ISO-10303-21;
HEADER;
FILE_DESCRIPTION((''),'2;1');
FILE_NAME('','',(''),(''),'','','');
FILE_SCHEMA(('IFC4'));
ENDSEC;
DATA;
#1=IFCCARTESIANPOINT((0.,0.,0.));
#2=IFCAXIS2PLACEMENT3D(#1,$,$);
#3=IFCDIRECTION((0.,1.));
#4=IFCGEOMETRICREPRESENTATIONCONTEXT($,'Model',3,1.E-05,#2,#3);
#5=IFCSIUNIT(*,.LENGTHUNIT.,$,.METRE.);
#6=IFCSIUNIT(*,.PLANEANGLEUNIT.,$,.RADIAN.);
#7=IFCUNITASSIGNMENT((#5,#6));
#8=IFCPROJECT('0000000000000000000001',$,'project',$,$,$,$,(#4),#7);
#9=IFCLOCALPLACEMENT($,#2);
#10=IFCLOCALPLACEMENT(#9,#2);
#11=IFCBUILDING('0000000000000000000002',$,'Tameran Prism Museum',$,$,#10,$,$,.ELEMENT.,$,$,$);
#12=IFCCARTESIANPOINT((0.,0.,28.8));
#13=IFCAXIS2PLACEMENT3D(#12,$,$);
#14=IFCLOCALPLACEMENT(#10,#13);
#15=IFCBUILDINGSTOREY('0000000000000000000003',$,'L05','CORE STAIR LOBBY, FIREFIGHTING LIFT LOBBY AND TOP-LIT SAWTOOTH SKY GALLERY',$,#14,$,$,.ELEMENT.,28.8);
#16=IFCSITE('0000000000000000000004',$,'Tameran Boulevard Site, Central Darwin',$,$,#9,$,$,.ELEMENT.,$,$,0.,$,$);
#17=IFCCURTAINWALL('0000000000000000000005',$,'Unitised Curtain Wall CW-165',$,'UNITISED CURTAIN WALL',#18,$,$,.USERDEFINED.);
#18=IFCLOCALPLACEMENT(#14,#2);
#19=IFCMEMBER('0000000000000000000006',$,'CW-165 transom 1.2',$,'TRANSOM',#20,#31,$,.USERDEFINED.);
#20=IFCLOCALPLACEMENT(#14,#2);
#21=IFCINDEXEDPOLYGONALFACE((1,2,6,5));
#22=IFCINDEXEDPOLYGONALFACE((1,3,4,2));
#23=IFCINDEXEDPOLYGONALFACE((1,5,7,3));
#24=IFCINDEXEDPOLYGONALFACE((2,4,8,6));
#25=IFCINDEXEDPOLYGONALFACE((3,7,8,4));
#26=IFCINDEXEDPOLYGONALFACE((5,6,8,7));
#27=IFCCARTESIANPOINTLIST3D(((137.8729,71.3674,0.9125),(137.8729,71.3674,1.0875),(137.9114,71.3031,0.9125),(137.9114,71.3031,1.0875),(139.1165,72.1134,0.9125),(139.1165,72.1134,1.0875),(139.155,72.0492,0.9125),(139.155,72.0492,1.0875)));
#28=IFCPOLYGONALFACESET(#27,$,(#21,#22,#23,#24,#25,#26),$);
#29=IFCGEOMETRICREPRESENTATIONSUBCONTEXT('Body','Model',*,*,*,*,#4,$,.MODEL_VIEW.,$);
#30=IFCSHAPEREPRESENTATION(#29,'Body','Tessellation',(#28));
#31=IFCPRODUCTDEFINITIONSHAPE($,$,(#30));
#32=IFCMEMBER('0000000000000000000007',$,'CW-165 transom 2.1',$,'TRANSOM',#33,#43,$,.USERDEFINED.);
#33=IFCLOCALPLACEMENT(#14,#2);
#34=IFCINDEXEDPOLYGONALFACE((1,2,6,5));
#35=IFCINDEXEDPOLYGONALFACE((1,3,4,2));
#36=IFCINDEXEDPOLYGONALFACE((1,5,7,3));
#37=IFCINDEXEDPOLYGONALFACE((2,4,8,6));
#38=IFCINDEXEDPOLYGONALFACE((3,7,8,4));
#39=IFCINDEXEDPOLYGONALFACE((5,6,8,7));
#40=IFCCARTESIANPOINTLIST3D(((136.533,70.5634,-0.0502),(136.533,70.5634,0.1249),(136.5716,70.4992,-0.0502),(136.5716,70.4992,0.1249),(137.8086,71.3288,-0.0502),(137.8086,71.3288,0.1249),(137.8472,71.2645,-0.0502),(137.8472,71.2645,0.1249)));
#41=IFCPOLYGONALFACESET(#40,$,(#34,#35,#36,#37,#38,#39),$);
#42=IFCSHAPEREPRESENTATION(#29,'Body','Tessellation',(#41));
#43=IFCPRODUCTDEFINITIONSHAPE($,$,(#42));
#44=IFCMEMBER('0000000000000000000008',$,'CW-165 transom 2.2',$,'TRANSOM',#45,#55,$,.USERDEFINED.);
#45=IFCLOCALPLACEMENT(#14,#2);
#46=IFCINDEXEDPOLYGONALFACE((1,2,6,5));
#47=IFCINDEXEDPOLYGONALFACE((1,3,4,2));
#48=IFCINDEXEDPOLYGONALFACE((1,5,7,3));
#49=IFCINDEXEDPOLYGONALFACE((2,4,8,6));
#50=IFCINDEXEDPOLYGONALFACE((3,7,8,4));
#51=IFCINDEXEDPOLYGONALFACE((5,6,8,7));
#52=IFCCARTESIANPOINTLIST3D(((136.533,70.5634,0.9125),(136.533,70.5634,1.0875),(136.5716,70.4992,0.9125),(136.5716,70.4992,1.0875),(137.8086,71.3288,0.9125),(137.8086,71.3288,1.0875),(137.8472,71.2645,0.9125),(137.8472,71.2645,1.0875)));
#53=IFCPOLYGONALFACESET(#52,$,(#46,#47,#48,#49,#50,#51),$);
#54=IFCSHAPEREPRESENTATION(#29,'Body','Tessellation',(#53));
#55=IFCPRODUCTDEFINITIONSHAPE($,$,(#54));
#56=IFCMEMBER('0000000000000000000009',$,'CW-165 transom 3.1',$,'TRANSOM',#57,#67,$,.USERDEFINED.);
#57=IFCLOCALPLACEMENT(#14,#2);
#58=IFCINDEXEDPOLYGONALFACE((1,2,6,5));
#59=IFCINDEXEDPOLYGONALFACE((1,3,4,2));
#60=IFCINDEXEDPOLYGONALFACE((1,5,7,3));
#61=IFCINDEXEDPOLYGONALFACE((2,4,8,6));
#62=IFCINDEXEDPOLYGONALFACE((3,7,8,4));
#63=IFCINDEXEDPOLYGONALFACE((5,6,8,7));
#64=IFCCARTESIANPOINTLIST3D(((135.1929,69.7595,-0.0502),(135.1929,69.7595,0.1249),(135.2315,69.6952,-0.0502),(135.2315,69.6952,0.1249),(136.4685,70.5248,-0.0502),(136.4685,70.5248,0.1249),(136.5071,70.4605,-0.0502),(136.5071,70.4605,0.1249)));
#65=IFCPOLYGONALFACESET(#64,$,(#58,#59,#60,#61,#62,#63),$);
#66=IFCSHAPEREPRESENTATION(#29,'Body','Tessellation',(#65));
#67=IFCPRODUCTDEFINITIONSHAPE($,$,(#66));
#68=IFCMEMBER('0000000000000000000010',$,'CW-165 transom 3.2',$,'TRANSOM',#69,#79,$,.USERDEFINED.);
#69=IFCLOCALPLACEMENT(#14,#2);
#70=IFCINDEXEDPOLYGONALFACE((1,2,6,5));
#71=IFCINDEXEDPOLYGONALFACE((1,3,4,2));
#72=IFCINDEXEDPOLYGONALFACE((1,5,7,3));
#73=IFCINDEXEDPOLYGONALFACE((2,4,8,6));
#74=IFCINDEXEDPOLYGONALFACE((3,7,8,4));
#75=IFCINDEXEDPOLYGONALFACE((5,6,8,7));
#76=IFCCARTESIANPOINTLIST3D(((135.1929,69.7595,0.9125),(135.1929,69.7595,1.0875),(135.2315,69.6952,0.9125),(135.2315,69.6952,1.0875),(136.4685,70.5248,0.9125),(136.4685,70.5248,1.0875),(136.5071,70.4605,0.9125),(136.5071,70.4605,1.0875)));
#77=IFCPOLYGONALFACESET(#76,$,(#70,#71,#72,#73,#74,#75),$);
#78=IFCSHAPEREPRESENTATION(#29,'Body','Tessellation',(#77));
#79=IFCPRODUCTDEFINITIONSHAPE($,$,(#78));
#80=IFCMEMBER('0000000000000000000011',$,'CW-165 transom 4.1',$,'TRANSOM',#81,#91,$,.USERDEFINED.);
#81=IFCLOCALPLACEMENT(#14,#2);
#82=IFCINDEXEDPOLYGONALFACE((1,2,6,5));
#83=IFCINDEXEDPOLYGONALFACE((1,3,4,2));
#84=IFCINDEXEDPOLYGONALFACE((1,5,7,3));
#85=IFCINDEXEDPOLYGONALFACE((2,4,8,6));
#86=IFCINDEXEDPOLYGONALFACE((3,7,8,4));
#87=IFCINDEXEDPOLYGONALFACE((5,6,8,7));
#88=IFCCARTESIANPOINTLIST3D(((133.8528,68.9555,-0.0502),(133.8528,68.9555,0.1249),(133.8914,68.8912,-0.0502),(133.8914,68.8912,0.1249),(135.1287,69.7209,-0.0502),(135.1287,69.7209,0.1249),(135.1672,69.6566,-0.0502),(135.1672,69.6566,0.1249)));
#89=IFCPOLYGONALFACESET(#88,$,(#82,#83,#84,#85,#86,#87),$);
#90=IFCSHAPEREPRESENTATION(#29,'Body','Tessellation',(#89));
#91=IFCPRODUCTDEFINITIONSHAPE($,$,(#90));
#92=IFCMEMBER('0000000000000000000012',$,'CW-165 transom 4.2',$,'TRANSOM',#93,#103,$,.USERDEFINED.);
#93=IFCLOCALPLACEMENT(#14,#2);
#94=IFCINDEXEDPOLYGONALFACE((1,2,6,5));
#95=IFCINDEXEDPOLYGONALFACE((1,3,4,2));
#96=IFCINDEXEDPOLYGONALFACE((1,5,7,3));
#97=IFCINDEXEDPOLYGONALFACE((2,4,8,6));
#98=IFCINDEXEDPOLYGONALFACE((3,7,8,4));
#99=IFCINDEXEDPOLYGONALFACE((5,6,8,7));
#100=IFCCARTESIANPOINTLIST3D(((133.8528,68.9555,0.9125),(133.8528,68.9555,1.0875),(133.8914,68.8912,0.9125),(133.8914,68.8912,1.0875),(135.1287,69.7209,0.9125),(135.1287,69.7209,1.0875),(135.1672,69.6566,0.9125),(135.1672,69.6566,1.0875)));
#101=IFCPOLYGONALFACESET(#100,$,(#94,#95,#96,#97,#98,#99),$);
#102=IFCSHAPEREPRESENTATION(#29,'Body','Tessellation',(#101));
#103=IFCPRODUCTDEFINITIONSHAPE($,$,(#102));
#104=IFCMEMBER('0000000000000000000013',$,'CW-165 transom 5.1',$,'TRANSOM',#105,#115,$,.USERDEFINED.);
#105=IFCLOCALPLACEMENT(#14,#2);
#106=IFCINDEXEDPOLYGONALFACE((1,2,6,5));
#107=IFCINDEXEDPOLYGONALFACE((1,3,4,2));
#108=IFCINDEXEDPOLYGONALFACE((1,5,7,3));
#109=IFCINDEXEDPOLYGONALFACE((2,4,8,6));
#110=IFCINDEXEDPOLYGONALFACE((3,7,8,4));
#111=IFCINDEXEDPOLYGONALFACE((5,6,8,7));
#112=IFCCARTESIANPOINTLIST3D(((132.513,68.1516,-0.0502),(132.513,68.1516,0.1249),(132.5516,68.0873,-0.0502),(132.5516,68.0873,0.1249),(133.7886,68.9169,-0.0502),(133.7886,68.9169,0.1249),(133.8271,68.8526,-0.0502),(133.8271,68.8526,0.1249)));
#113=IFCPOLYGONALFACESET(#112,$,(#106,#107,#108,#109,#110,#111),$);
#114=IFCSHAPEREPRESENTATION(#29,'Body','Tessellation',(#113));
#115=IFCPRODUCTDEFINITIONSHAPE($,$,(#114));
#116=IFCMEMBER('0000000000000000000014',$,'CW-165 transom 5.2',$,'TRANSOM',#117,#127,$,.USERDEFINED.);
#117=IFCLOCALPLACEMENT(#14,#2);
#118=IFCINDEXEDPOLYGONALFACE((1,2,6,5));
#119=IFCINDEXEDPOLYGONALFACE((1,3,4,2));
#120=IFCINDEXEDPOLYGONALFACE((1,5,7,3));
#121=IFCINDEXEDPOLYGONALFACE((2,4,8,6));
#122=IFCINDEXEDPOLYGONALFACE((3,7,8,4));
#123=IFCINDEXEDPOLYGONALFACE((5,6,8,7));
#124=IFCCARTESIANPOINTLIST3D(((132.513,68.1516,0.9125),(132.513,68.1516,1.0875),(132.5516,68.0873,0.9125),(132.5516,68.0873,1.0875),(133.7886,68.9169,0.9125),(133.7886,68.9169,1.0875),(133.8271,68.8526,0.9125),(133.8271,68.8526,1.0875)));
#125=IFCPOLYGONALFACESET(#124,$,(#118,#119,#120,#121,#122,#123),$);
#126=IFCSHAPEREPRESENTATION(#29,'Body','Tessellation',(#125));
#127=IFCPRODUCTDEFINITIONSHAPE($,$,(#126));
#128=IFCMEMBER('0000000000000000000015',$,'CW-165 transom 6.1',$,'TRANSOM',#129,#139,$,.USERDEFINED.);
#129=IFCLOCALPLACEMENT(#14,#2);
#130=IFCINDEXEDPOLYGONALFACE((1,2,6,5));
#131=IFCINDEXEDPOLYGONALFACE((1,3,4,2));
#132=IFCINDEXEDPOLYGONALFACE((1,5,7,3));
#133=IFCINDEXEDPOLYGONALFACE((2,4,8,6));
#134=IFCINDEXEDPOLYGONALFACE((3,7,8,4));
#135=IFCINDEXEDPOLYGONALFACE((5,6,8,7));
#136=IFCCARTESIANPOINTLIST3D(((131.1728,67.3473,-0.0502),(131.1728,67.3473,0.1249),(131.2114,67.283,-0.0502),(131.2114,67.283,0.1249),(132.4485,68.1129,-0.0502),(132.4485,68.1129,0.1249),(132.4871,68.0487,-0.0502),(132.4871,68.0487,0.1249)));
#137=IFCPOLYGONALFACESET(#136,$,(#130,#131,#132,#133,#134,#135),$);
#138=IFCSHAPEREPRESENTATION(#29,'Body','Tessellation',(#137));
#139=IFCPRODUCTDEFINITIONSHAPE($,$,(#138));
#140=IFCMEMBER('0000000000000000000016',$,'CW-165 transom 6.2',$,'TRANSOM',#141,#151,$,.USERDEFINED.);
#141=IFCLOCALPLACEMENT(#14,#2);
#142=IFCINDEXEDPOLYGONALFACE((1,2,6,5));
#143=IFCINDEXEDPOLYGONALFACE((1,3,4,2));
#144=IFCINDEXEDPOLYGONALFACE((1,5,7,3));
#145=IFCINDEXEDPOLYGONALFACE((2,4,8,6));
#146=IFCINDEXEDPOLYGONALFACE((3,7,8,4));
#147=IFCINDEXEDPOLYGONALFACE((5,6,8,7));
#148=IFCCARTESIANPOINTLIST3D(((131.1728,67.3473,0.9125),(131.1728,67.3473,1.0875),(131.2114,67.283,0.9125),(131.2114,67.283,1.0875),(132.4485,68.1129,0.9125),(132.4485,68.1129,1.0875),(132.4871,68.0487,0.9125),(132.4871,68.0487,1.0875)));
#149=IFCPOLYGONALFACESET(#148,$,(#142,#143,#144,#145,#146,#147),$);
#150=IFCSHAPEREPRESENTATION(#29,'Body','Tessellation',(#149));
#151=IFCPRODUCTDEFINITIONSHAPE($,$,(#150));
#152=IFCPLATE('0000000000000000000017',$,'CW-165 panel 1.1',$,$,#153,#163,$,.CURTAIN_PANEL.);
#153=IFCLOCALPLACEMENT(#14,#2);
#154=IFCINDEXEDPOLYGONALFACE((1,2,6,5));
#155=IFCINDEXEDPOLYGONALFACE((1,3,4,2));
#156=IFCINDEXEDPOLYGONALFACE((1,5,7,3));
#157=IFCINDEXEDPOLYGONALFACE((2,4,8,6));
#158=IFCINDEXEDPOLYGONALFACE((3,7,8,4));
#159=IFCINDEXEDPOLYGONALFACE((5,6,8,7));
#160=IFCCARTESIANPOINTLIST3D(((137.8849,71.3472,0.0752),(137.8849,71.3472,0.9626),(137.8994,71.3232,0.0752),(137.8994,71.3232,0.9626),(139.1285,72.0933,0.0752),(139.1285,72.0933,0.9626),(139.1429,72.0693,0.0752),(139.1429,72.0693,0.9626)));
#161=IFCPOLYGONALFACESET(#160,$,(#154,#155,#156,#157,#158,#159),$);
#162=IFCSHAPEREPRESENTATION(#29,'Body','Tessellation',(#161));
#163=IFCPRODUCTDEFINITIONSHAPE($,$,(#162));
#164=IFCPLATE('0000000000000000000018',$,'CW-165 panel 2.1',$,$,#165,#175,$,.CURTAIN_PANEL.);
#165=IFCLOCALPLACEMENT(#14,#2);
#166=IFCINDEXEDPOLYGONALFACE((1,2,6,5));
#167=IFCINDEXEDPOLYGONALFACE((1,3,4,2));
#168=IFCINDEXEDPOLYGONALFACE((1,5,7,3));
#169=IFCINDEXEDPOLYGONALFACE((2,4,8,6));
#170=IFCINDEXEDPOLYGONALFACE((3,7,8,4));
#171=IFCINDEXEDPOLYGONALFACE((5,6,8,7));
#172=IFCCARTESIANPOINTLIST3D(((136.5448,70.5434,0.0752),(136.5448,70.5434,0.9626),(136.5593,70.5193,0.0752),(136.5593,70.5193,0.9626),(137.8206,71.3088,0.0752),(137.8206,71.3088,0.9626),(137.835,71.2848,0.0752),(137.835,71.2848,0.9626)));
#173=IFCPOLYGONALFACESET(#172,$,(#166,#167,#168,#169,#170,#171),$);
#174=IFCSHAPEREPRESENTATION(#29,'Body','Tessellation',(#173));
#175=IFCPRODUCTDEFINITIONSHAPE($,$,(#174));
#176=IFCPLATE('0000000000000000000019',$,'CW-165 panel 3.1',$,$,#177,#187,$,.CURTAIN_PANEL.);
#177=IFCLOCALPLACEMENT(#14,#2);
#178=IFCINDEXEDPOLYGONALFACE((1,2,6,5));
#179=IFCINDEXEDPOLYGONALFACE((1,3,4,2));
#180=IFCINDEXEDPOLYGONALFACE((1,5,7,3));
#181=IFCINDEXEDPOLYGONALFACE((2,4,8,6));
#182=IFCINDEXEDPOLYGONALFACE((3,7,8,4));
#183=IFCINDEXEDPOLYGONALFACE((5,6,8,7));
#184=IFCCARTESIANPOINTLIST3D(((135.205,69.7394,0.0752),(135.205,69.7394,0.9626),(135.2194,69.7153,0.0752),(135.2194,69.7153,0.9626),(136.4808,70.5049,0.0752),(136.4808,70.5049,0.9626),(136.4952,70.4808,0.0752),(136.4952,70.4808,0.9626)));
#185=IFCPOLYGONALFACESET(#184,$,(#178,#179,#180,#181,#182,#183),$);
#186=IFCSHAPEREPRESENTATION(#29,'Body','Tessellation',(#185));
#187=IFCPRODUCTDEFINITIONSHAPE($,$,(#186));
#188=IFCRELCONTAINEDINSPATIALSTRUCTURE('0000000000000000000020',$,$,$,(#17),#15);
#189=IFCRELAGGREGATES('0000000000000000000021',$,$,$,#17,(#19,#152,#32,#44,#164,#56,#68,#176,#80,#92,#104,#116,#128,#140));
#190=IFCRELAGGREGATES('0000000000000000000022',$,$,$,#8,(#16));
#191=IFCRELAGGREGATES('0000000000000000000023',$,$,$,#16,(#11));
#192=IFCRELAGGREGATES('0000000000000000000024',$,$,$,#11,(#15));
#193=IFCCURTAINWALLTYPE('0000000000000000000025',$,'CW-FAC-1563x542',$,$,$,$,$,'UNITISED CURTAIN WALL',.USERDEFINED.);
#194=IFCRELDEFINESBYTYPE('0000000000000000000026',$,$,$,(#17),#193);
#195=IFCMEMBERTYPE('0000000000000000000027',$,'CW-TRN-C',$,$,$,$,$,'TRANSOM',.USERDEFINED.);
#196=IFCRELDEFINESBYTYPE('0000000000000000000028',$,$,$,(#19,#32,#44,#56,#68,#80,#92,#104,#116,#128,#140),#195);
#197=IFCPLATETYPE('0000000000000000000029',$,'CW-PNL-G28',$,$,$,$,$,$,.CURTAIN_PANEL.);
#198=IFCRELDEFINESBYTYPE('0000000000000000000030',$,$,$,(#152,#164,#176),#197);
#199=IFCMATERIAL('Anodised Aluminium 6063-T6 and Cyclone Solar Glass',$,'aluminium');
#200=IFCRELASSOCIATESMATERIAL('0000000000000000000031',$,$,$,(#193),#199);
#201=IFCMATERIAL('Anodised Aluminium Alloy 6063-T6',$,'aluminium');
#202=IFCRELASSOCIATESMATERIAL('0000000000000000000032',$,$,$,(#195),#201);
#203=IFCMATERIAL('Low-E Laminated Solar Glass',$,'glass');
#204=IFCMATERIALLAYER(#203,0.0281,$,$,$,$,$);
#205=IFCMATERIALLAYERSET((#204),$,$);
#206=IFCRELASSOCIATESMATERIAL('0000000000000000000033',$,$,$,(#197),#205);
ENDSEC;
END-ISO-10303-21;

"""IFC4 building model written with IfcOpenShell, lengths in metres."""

from ifc_helpers import new_model, si_unit, direction, frame, origin, origin_2d, place, context, subcontext, project, spatial, rectangle, extrude, material, layer, layer_set, material_profile, profile_set, type_object, element, aggregate, save


model = new_model("IFC4")

# Units and contexts
model_context = context("Model", 3, precision=1e-05, world=origin(), true_north=direction((0.0, 1.0)))
body_context = subcontext(model_context, "Body", "Model", "MODEL_VIEW")
ifc_project = project(units=[si_unit("LENGTHUNIT", "METRE"), si_unit("PLANEANGLEUNIT", "RADIAN")], contexts=[model_context])

# Site, building, storey
site_placement = place(None, origin())
site = spatial("IfcSite", under=ifc_project, at=site_placement, Name="Tameran Boulevard Site, Central Darwin", CompositionType="ELEMENT", RefElevation=0.0)
building_placement = place(site_placement, origin())
building = spatial("IfcBuilding", under=site, at=building_placement, Name="Tameran Prism Museum", CompositionType="ELEMENT")
storey_placement = place(building_placement, frame((0.0, 0.0, 28.8)))
storey = spatial("IfcBuildingStorey", under=building, at=storey_placement, Name="L05", Description="CORE STAIR LOBBY, FIREFIGHTING LIFT LOBBY AND TOP-LIT SAWTOOTH SKY GALLERY", CompositionType="ELEMENT", Elevation=28.8)

# Curtain wall, members, plates
ifc_material_1 = material(Name="Anodised Aluminium 6063-T6 and Cyclone Solar Glass", Category="aluminium")
curtain_wall_type = type_object("IfcCurtainWallType", Name="CW-FAC-1563x542", ElementType="UNITISED CURTAIN WALL", PredefinedType="USERDEFINED", material=ifc_material_1)
curtain_wall_placement = place(storey_placement, origin())
curtain_wall = element("IfcCurtainWall", 1, at=curtain_wall_placement, inside=storey, type_object=curtain_wall_type, Name="Unitised Curtain Wall CW-165", ObjectType="UNITISED CURTAIN WALL", PredefinedType="USERDEFINED")
ifc_material_2 = material(Name="Anodised Aluminium Alloy 6063-T6", Category="aluminium")
ifc_material_profile_1 = material_profile(ifc_material_2, rectangle(XDim=0.075, YDim=0.175, at=origin_2d()))
ifc_profile_set_1 = profile_set([ifc_material_profile_1])
member_type_1 = type_object("IfcMemberType", Name="CW-TRN-C", ElementType="TRANSOM", PredefinedType="USERDEFINED", material=ifc_profile_set_1)
member_1_placement = place(storey_placement, frame((139.1357, 72.0813, 1.0), z_axis=(-0.857523, -0.514446, 0.0), x_axis=(0.514446, -0.857523, 0.0)))
member_1 = element("IfcMember", 2, at=member_1_placement, type_object=member_type_1, Name="CW-165 transom 1.2", ObjectType="TRANSOM", PredefinedType="USERDEFINED", context=body_context, shape_type="SweptSolid", body=[
    extrude(rectangle(XDim=0.075, YDim=0.175, at=origin_2d()), origin(), (0.0, 0.0, 1.0), 1.4502),
])
member_2_placement = place(storey_placement, frame((137.8279, 71.2966, 0.0374), z_axis=(-0.857493, -0.514496, 0.0), x_axis=(0.514496, -0.857493, 0.0)))
member_2 = element("IfcMember", 3, at=member_2_placement, type_object=member_type_1, Name="CW-165 transom 2.1", ObjectType="TRANSOM", PredefinedType="USERDEFINED", context=body_context, shape_type="SweptSolid", body=[
    extrude(rectangle(XDim=0.075, YDim=0.175, at=origin_2d()), origin(), (0.0, 0.0, 1.0), 1.4875),
])
member_3_placement = place(storey_placement, frame((137.8279, 71.2966, 1.0), z_axis=(-0.857493, -0.514496, 0.0), x_axis=(0.514496, -0.857493, 0.0)))
member_3 = element("IfcMember", 4, at=member_3_placement, type_object=member_type_1, Name="CW-165 transom 2.2", ObjectType="TRANSOM", PredefinedType="USERDEFINED", context=body_context, shape_type="SweptSolid", body=[
    extrude(rectangle(XDim=0.075, YDim=0.175, at=origin_2d()), origin(), (0.0, 0.0, 1.0), 1.4875),
])
member_4_placement = place(storey_placement, frame((136.4878, 70.4927, 0.0374), z_axis=(-0.857493, -0.514496, 0.0), x_axis=(0.514496, -0.857493, 0.0)))
member_4 = element("IfcMember", 5, at=member_4_placement, type_object=member_type_1, Name="CW-165 transom 3.1", ObjectType="TRANSOM", PredefinedType="USERDEFINED", context=body_context, shape_type="SweptSolid", body=[
    extrude(rectangle(XDim=0.075, YDim=0.175, at=origin_2d()), origin(), (0.0, 0.0, 1.0), 1.4875),
])
member_5_placement = place(storey_placement, frame((136.4878, 70.4927, 1.0), z_axis=(-0.857493, -0.514496, 0.0), x_axis=(0.514496, -0.857493, 0.0)))
member_5 = element("IfcMember", 6, at=member_5_placement, type_object=member_type_1, Name="CW-165 transom 3.2", ObjectType="TRANSOM", PredefinedType="USERDEFINED", context=body_context, shape_type="SweptSolid", body=[
    extrude(rectangle(XDim=0.075, YDim=0.175, at=origin_2d()), origin(), (0.0, 0.0, 1.0), 1.4875),
])
member_6_placement = place(storey_placement, frame((135.1479, 69.6887, 0.0374), z_axis=(-0.857536, -0.514423, 0.0), x_axis=(0.514423, -0.857536, 0.0)))
member_6 = element("IfcMember", 7, at=member_6_placement, type_object=member_type_1, Name="CW-165 transom 4.1", ObjectType="TRANSOM", PredefinedType="USERDEFINED", context=body_context, shape_type="SweptSolid", body=[
    extrude(rectangle(XDim=0.075, YDim=0.175, at=origin_2d()), origin(), (0.0, 0.0, 1.0), 1.4878),
])
member_7_placement = place(storey_placement, frame((135.1479, 69.6887, 1.0), z_axis=(-0.857536, -0.514423, 0.0), x_axis=(0.514423, -0.857536, 0.0)))
member_7 = element("IfcMember", 8, at=member_7_placement, type_object=member_type_1, Name="CW-165 transom 4.2", ObjectType="TRANSOM", PredefinedType="USERDEFINED", context=body_context, shape_type="SweptSolid", body=[
    extrude(rectangle(XDim=0.075, YDim=0.175, at=origin_2d()), origin(), (0.0, 0.0, 1.0), 1.4878),
])
member_8_placement = place(storey_placement, frame((133.8079, 68.8848, 0.0374), z_axis=(-0.857493, -0.514496, 0.0), x_axis=(0.514496, -0.857493, 0.0)))
member_8 = element("IfcMember", 9, at=member_8_placement, type_object=member_type_1, Name="CW-165 transom 5.1", ObjectType="TRANSOM", PredefinedType="USERDEFINED", context=body_context, shape_type="SweptSolid", body=[
    extrude(rectangle(XDim=0.075, YDim=0.175, at=origin_2d()), origin(), (0.0, 0.0, 1.0), 1.4875),
])
member_9_placement = place(storey_placement, frame((133.8079, 68.8848, 1.0), z_axis=(-0.857493, -0.514496, 0.0), x_axis=(0.514496, -0.857493, 0.0)))
member_9 = element("IfcMember", 10, at=member_9_placement, type_object=member_type_1, Name="CW-165 transom 5.2", ObjectType="TRANSOM", PredefinedType="USERDEFINED", context=body_context, shape_type="SweptSolid", body=[
    extrude(rectangle(XDim=0.075, YDim=0.175, at=origin_2d()), origin(), (0.0, 0.0, 1.0), 1.4875),
])
member_10_placement = place(storey_placement, frame((132.4678, 68.0808, 0.0374), z_axis=(-0.857421, -0.514616, 0.0), x_axis=(0.514616, -0.857421, 0.0)))
member_10 = element("IfcMember", 11, at=member_10_placement, type_object=member_type_1, Name="CW-165 transom 6.1", ObjectType="TRANSOM", PredefinedType="USERDEFINED", context=body_context, shape_type="SweptSolid", body=[
    extrude(rectangle(XDim=0.075, YDim=0.175, at=origin_2d()), origin(), (0.0, 0.0, 1.0), 1.4878),
])
member_11_placement = place(storey_placement, frame((132.4678, 68.0808, 1.0), z_axis=(-0.857421, -0.514616, 0.0), x_axis=(0.514616, -0.857421, 0.0)))
member_11 = element("IfcMember", 12, at=member_11_placement, type_object=member_type_1, Name="CW-165 transom 6.2", ObjectType="TRANSOM", PredefinedType="USERDEFINED", context=body_context, shape_type="SweptSolid", body=[
    extrude(rectangle(XDim=0.075, YDim=0.175, at=origin_2d()), origin(), (0.0, 0.0, 1.0), 1.4878),
])
ifc_material_3 = material(Name="Low-E Laminated Solar Glass", Category="glass")
ifc_layer_1 = layer(ifc_material_3, 0.0281)
ifc_layer_set_1 = layer_set([ifc_layer_1])
plate_type = type_object("IfcPlateType", Name="CW-PNL-G28", PredefinedType="CURTAIN_PANEL", material=ifc_layer_set_1)
plate_1_placement = place(storey_placement, frame((138.5139, 71.7083, 0.0752), z_axis=(0.0, 0.0, 1.0), x_axis=(-0.857493, -0.514496, 0.0)))
plate_1 = element("IfcPlate", 13, at=plate_1_placement, type_object=plate_type, Name="CW-165 panel 1.1", PredefinedType="CURTAIN_PANEL", context=body_context, shape_type="SweptSolid", body=[
    extrude(rectangle(XDim=1.4502, YDim=0.0281, at=origin_2d()), origin(), (0.0, 0.0, 1.0), 0.8875),
])
plate_2_placement = place(storey_placement, frame((137.1899, 70.9141, 0.0752), z_axis=(0.0, 0.0, 1.0), x_axis=(-0.857493, -0.514496, 0.0)))
plate_2 = element("IfcPlate", 14, at=plate_2_placement, type_object=plate_type, Name="CW-165 panel 2.1", PredefinedType="CURTAIN_PANEL", context=body_context, shape_type="SweptSolid", body=[
    extrude(rectangle(XDim=1.4878, YDim=0.0281, at=origin_2d()), origin(), (0.0, 0.0, 1.0), 0.8875),
])
plate_3_placement = place(storey_placement, frame((135.8501, 70.1101, 0.0752), z_axis=(0.0, 0.0, 1.0), x_axis=(-0.857493, -0.514496, 0.0)))
plate_3 = element("IfcPlate", 15, at=plate_3_placement, type_object=plate_type, Name="CW-165 panel 3.1", PredefinedType="CURTAIN_PANEL", context=body_context, shape_type="SweptSolid", body=[
    extrude(rectangle(XDim=1.4878, YDim=0.0281, at=origin_2d()), origin(), (0.0, 0.0, 1.0), 0.8875),
])
aggregate(curtain_wall, [member_1, plate_1, member_2, member_3, plate_2, member_4, member_5, plate_3, member_6, member_7, member_8, member_9, member_10, member_11])

save(model, "model.ifc")
